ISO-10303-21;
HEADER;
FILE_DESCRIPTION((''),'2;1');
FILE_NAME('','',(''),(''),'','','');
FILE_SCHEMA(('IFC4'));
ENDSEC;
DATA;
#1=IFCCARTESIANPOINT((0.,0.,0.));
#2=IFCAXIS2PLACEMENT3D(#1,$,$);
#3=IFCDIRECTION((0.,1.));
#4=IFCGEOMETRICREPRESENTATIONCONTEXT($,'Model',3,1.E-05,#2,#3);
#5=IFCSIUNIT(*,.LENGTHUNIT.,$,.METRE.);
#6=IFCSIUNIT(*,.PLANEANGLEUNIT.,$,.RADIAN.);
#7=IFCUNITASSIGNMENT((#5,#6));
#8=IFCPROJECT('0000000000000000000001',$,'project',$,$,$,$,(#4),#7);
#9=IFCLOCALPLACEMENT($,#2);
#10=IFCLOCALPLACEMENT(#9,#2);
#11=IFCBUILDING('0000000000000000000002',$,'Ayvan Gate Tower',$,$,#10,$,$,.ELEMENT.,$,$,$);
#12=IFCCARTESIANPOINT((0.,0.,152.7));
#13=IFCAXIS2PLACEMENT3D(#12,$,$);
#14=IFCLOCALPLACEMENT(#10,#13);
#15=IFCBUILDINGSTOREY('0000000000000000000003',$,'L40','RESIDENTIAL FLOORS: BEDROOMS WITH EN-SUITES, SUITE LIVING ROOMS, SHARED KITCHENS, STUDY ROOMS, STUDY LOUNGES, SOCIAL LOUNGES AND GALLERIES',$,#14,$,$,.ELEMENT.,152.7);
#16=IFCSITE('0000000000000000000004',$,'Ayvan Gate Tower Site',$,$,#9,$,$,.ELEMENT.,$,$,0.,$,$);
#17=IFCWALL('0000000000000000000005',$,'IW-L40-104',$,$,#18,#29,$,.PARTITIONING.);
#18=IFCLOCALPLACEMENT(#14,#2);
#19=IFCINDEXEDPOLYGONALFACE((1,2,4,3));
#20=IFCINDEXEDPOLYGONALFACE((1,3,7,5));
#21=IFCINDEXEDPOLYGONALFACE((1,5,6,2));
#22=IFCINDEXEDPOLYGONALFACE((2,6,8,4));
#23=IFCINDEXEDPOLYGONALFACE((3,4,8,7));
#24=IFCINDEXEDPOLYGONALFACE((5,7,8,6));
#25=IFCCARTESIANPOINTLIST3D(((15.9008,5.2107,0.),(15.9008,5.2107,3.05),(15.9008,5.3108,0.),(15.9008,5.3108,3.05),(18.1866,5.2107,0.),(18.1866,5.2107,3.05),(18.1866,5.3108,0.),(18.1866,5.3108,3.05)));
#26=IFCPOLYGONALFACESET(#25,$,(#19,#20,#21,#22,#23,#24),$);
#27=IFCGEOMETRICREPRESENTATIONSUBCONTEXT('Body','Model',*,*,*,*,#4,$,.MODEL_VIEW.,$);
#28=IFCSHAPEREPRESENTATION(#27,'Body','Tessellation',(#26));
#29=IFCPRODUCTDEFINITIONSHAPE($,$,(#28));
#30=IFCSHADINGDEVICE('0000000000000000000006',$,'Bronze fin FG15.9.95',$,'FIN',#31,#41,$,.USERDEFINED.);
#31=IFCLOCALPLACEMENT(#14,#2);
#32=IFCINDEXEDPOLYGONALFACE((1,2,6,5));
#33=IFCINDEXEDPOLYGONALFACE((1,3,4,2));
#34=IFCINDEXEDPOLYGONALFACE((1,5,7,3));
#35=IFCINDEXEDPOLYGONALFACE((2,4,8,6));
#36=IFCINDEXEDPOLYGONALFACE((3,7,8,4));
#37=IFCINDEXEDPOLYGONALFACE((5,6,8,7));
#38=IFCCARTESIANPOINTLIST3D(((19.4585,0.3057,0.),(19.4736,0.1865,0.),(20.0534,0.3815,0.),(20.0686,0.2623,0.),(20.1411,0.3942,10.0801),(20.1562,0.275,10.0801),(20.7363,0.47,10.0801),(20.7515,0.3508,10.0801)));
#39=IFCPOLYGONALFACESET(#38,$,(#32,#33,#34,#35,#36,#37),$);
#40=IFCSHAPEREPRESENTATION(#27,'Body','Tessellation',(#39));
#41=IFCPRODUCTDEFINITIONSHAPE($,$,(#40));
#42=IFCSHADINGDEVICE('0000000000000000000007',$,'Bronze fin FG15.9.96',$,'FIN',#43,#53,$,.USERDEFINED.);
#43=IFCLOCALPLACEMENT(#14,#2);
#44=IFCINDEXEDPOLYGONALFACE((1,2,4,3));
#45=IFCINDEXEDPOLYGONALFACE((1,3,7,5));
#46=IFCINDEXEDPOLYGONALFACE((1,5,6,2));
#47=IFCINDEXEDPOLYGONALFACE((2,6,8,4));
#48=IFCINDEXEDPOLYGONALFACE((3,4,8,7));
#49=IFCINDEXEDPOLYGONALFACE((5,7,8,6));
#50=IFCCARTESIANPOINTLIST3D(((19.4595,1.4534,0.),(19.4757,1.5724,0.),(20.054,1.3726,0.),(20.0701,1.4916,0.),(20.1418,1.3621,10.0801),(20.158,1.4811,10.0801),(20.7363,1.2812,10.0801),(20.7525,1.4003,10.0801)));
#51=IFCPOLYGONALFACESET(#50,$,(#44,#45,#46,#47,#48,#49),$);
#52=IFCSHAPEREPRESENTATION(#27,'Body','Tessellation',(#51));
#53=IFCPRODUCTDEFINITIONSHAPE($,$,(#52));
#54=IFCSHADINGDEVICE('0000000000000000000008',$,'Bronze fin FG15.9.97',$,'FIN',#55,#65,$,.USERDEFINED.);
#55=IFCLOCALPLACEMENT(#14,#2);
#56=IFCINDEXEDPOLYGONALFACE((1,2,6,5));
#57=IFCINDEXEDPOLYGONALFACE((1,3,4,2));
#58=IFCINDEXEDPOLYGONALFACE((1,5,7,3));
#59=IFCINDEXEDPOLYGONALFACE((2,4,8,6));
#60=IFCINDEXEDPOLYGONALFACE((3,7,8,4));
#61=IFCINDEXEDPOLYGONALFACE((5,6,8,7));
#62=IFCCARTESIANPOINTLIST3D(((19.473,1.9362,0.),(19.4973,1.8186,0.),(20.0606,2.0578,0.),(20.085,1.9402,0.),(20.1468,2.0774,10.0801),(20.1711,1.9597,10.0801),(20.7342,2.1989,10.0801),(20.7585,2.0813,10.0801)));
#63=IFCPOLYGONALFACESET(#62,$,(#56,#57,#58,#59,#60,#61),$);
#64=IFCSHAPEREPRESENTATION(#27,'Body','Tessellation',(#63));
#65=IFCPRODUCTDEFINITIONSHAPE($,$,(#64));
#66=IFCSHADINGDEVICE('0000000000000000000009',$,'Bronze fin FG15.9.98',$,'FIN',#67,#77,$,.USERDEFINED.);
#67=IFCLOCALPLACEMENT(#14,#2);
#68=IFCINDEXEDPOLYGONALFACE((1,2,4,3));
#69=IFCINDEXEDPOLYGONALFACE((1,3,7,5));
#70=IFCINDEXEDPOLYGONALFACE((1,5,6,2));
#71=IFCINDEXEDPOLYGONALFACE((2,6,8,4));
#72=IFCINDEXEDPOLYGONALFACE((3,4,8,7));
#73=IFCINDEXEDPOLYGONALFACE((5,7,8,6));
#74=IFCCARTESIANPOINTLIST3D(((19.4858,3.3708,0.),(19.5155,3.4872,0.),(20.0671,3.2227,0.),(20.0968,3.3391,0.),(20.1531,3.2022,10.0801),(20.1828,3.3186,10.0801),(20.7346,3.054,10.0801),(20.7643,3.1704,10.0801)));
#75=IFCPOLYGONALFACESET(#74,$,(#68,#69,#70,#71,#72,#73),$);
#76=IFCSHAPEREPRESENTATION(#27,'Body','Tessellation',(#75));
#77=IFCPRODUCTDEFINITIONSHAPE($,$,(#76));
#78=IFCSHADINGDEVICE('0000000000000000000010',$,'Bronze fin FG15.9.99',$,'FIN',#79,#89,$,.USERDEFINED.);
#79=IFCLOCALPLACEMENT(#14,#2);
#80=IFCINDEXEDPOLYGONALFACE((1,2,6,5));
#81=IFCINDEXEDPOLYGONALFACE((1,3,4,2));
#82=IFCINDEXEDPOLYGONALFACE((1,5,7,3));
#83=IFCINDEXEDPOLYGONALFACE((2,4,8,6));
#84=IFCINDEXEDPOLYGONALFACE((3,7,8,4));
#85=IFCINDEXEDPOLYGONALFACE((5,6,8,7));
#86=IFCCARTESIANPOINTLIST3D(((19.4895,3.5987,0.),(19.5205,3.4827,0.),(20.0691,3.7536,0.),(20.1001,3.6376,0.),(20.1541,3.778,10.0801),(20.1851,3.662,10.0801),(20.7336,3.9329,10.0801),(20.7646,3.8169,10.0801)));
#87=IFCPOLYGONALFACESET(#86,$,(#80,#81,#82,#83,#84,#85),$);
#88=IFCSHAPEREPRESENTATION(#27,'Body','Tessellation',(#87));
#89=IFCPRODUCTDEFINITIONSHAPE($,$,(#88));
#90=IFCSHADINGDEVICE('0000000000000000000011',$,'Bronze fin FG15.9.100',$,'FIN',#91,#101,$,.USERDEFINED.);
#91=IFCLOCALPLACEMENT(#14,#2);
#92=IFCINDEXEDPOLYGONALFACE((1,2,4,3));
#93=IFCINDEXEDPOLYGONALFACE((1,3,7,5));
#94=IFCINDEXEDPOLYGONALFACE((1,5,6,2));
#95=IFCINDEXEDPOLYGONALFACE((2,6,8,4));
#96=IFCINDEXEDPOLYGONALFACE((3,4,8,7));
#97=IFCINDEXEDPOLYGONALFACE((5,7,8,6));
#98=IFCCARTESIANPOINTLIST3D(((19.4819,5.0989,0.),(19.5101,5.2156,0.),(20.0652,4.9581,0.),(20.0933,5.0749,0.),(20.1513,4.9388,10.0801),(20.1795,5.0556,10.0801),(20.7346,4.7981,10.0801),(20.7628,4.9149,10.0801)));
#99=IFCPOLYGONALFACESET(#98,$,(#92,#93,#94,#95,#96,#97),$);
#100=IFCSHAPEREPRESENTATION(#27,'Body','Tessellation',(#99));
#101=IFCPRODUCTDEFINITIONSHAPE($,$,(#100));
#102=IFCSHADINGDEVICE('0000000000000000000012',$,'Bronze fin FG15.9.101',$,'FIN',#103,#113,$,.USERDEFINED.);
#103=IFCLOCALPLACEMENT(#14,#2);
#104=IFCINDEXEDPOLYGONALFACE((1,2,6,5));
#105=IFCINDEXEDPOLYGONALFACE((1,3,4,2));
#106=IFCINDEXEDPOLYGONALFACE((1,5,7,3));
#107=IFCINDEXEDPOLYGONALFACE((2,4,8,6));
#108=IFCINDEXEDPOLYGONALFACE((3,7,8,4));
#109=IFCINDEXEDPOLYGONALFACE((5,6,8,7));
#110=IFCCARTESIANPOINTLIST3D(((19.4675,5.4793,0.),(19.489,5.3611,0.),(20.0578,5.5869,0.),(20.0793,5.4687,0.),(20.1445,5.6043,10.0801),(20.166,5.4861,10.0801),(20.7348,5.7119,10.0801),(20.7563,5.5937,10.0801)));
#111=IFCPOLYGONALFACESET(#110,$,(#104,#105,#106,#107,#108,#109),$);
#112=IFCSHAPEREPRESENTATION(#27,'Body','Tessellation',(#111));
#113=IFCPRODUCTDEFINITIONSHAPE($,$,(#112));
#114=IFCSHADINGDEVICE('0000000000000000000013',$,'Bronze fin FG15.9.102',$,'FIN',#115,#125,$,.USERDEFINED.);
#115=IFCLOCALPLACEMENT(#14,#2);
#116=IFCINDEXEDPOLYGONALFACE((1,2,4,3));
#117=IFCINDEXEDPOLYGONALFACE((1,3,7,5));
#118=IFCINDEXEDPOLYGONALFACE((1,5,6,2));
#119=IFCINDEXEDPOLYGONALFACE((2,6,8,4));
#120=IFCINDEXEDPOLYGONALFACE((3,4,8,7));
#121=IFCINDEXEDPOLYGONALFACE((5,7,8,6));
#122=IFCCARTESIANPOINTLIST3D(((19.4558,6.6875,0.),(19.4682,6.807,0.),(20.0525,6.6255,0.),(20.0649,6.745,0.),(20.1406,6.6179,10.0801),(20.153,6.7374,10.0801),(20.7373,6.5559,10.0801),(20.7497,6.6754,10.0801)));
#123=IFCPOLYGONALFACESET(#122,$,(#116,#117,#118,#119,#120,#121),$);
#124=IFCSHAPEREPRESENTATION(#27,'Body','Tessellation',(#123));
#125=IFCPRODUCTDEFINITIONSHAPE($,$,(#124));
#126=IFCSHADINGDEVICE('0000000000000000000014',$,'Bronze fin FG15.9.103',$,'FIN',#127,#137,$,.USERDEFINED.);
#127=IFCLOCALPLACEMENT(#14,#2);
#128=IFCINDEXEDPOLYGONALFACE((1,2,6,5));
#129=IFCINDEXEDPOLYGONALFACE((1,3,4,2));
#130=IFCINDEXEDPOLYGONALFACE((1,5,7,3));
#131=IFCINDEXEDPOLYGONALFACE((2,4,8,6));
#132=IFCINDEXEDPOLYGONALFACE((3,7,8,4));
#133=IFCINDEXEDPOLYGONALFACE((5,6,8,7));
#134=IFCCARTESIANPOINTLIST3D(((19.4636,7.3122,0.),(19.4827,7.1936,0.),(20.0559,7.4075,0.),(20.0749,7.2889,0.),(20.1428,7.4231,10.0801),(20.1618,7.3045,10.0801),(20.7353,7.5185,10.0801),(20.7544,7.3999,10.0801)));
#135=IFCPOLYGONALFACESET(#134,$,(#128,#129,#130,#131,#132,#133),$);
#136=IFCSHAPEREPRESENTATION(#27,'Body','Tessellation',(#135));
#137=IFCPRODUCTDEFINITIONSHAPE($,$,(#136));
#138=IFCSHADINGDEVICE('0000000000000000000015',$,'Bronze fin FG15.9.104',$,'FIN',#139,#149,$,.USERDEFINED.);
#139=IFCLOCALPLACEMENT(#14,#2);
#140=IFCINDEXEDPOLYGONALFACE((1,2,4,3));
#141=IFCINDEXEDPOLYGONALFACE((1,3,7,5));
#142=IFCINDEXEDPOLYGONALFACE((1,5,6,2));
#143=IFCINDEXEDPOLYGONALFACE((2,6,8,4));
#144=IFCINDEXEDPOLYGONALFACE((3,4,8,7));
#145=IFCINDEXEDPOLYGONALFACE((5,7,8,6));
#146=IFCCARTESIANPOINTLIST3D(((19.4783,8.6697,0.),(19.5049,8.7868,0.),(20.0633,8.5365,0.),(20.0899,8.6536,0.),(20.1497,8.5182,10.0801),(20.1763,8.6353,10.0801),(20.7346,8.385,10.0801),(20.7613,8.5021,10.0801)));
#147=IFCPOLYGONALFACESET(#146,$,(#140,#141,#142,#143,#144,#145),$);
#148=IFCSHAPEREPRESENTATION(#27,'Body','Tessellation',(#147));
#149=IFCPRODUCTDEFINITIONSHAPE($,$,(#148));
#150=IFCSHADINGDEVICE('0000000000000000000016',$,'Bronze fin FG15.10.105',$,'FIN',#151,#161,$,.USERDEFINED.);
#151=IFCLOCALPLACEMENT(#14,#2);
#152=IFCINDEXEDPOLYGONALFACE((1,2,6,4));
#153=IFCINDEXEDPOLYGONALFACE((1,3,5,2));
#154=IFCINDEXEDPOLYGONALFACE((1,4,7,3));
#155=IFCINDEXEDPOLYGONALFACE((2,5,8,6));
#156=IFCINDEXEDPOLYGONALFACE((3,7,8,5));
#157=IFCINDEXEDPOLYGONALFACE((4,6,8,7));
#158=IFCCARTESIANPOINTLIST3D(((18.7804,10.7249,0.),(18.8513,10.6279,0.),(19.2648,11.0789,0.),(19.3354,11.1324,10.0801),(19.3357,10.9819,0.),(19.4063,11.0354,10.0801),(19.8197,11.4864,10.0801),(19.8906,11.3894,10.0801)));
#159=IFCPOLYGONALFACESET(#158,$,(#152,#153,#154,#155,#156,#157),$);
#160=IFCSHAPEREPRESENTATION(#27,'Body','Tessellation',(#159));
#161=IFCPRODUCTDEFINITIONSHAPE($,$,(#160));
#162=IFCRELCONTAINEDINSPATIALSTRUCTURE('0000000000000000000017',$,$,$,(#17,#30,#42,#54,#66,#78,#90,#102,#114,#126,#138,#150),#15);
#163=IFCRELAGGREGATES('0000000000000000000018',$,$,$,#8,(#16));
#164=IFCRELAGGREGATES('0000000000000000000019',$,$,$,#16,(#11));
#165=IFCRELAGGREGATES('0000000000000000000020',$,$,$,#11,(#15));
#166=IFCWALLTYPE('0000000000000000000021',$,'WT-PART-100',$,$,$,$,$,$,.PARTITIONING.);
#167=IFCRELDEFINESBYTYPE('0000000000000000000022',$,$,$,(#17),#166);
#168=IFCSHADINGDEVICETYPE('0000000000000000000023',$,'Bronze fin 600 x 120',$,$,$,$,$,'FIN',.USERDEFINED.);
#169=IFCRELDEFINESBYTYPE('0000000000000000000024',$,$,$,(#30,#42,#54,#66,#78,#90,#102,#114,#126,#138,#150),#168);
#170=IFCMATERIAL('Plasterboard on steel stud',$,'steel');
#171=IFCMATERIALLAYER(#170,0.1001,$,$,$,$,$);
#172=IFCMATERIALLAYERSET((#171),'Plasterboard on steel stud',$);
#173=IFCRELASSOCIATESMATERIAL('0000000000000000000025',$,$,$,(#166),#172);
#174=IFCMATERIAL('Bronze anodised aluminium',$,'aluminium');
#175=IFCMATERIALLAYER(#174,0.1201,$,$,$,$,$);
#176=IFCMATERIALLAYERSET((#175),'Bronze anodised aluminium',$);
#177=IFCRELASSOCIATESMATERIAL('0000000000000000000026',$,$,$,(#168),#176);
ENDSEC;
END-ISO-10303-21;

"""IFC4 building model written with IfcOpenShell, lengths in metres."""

from ifc_helpers import new_model, si_unit, direction, frame, frame_2d, origin, place, context, subcontext, project, spatial, polyline, rectangle, outline, extrude, material, layer, layer_set, type_object, element, save


model = new_model("IFC4")

# Units and contexts
model_context = context("Model", 3, precision=1e-05, world=origin(), true_north=direction((0.0, 1.0)))
body_context = subcontext(model_context, "Body", "Model", "MODEL_VIEW")
ifc_project = project(units=[si_unit("LENGTHUNIT", "METRE"), si_unit("PLANEANGLEUNIT", "RADIAN")], contexts=[model_context])

# Site, building, storey
site_placement = place(None, origin())
site = spatial("IfcSite", under=ifc_project, at=site_placement, Name="Ayvan Gate Tower Site", CompositionType="ELEMENT", RefElevation=0.0)
building_placement = place(site_placement, origin())
building = spatial("IfcBuilding", under=site, at=building_placement, Name="Ayvan Gate Tower", CompositionType="ELEMENT")
storey_placement = place(building_placement, frame((0.0, 0.0, 152.7)))
storey = spatial("IfcBuildingStorey", under=building, at=storey_placement, Name="L40", Description="RESIDENTIAL FLOORS: BEDROOMS WITH EN-SUITES, SUITE LIVING ROOMS, SHARED KITCHENS, STUDY ROOMS, STUDY LOUNGES, SOCIAL LOUNGES AND GALLERIES", CompositionType="ELEMENT", Elevation=152.7)

# Shared definitions
ifc_material_1 = material(Name="Bronze anodised aluminium", Category="aluminium")

# Wall
ifc_material_2 = material(Name="Plasterboard on steel stud", Category="steel")
ifc_layer_1 = layer(ifc_material_2, 0.1001)
ifc_layer_set_1 = layer_set([ifc_layer_1], Name="Plasterboard on steel stud")
wall_type = type_object("IfcWallType", Name="WT-PART-100", PredefinedType="PARTITIONING", material=ifc_layer_set_1)
wall_placement = place(storey_placement, frame((15.9006, 5.2607, 0.0), z_axis=(0.0, 0.0, 1.0), x_axis=(1.0, 0.0, 0.0)))
element("IfcWall", 1, at=wall_placement, inside=storey, type_object=wall_type, Name="IW-L40-104", PredefinedType="PARTITIONING", context=body_context, shape_type="SweptSolid", body=[
    extrude(rectangle(XDim=2.2859, YDim=0.1001, at=frame_2d((1.1431, 0.0))), origin(), (0.0, 0.0, 1.0), 3.05),
])

# Shading devices
ifc_layer_2 = layer(ifc_material_1, 0.1201)
ifc_layer_set_2 = layer_set([ifc_layer_2], Name="Bronze anodised aluminium")
shading_device_type = type_object("IfcShadingDeviceType", Name="Bronze fin 600 x 120", ElementType="FIN", PredefinedType="USERDEFINED", material=ifc_layer_set_2)
shading_device_1_placement = place(storey_placement, frame((19.4736, 0.1865, 0.0), z_axis=(0.126363, -0.991984, 0.000151), x_axis=(0.991984, 0.126364, 0.0)))
element("IfcShadingDevice", 2, at=shading_device_1_placement, inside=storey, type_object=shading_device_type, Name="Bronze fin FG15.9.95", ObjectType="FIN", PredefinedType="USERDEFINED", context=body_context, shape_type="SweptSolid", body=[
    extrude(outline(polyline([(0.0, 0.0), (0.5998, 0.0), (1.2884, 10.0801), (0.6883, 10.0801), (0.0, 0.0)])), origin(), (0.0, 0.0, -1.0), 0.1201),
])
shading_device_2_placement = place(storey_placement, frame((19.4595, 1.4534, 0.0), z_axis=(-0.134696, -0.990887, 0.000142), x_axis=(0.990887, -0.134696, 0.0)))
element("IfcShadingDevice", 3, at=shading_device_2_placement, inside=storey, type_object=shading_device_type, Name="Bronze fin FG15.9.96", ObjectType="FIN", PredefinedType="USERDEFINED", context=body_context, shape_type="SweptSolid", body=[
    extrude(outline(polyline([(0.0, 0.0), (0.5999, 0.0), (1.2884, 10.0801), (0.6885, 10.0801), (0.0, 0.0)])), origin(), (0.0, 0.0, -1.0), 0.1201),
])
shading_device_3_placement = place(storey_placement, frame((19.4973, 1.8186, 0.0), z_axis=(0.202646, -0.979252, 0.000165), x_axis=(0.979252, 0.202646, 0.0)))
element("IfcShadingDevice", 4, at=shading_device_3_placement, inside=storey, type_object=shading_device_type, Name="Bronze fin FG15.9.97", ObjectType="FIN", PredefinedType="USERDEFINED", context=body_context, shape_type="SweptSolid", body=[
    extrude(outline(polyline([(0.0, 0.0), (0.6001, 0.0), (1.2883, 10.0801), (0.6884, 10.0801), (0.0, 0.0)])), origin(), (0.0, 0.0, -1.0), 0.1201),
])
shading_device_4_placement = place(storey_placement, frame((19.4858, 3.3708, 0.0), z_axis=(-0.246985, -0.969019, 0.000134), x_axis=(0.969019, -0.246985, 0.0)))
element("IfcShadingDevice", 5, at=shading_device_4_placement, inside=storey, type_object=shading_device_type, Name="Bronze fin FG15.9.98", ObjectType="FIN", PredefinedType="USERDEFINED", context=body_context, shape_type="SweptSolid", body=[
    extrude(outline(polyline([(0.0, 0.0), (0.5999, 0.0), (1.2884, 10.0801), (0.6882, 10.0801), (0.0, 0.0)])), origin(), (0.0, 0.0, -1.0), 0.1201),
])
shading_device_5_placement = place(storey_placement, frame((19.5205, 3.4827, 0.0), z_axis=(0.258207, -0.96609, 0.000164), x_axis=(0.96609, 0.258207, 0.0)))
element("IfcShadingDevice", 6, at=shading_device_5_placement, inside=storey, type_object=shading_device_type, Name="Bronze fin FG15.9.99", ObjectType="FIN", PredefinedType="USERDEFINED", context=body_context, shape_type="SweptSolid", body=[
    extrude(outline(polyline([(0.0, 0.0), (0.6, 0.0), (1.2883, 10.0801), (0.6883, 10.0801), (0.0, 0.0)])), origin(), (0.0, 0.0, -1.0), 0.1201),
])
shading_device_6_placement = place(storey_placement, frame((19.4819, 5.0989, 0.0), z_axis=(-0.234581, -0.972097, 0.000146), x_axis=(0.972097, -0.234581, 0.0)))
element("IfcShadingDevice", 7, at=shading_device_6_placement, inside=storey, type_object=shading_device_type, Name="Bronze fin FG15.9.100", ObjectType="FIN", PredefinedType="USERDEFINED", context=body_context, shape_type="SweptSolid", body=[
    extrude(outline(polyline([(0.0, 0.0), (0.6, 0.0), (1.2883, 10.0801), (0.6883, 10.0801), (0.0, 0.0)])), origin(), (0.0, 0.0, -1.0), 0.1201),
])
shading_device_7_placement = place(storey_placement, frame((19.489, 5.3611, 0.0), z_axis=(0.179422, -0.983772, 0.000149), x_axis=(0.983772, 0.179422, 0.0)))
element("IfcShadingDevice", 8, at=shading_device_7_placement, inside=storey, type_object=shading_device_type, Name="Bronze fin FG15.9.101", ObjectType="FIN", PredefinedType="USERDEFINED", context=body_context, shape_type="SweptSolid", body=[
    extrude(outline(polyline([(0.0, 0.0), (0.6001, 0.0), (1.2885, 10.0801), (0.6884, 10.0801), (0.0, 0.0)])), origin(), (0.0, 0.0, -1.0), 0.1201),
])
shading_device_8_placement = place(storey_placement, frame((19.4558, 6.6875, 0.0), z_axis=(-0.103371, -0.994643, 0.000157), x_axis=(0.994643, -0.103371, 0.0)))
element("IfcShadingDevice", 9, at=shading_device_8_placement, inside=storey, type_object=shading_device_type, Name="Bronze fin FG15.9.102", ObjectType="FIN", PredefinedType="USERDEFINED", context=body_context, shape_type="SweptSolid", body=[
    extrude(outline(polyline([(0.0, 0.0), (0.5999, 0.0), (1.2882, 10.0801), (0.6883, 10.0801), (0.0, 0.0)])), origin(), (0.0, 0.0, -1.0), 0.1201),
])
shading_device_9_placement = place(storey_placement, frame((19.4827, 7.1936, 0.0), z_axis=(0.158887, -0.987297, 0.00016), x_axis=(0.987297, 0.158887, 0.0)))
element("IfcShadingDevice", 10, at=shading_device_9_placement, inside=storey, type_object=shading_device_type, Name="Bronze fin FG15.9.103", ObjectType="FIN", PredefinedType="USERDEFINED", context=body_context, shape_type="SweptSolid", body=[
    extrude(outline(polyline([(0.0, 0.0), (0.5999, 0.0), (1.2884, 10.0801), (0.6882, 10.0801), (0.0, 0.0)])), origin(), (0.0, 0.0, -1.0), 0.1201),
])
shading_device_10_placement = place(storey_placement, frame((19.4783, 8.6697, 0.0), z_axis=(-0.22199, -0.975049, 0.000132), x_axis=(0.975049, -0.22199, 0.0)))
element("IfcShadingDevice", 11, at=shading_device_10_placement, inside=storey, type_object=shading_device_type, Name="Bronze fin FG15.9.104", ObjectType="FIN", PredefinedType="USERDEFINED", context=body_context, shape_type="SweptSolid", body=[
    extrude(outline(polyline([(0.0, 0.0), (0.6, 0.0), (1.2882, 10.0801), (0.6883, 10.0801), (0.0, 0.0)])), origin(), (0.0, 0.0, -1.0), 0.1201),
])
shading_device_11_placement = place(storey_placement, frame((18.8513, 10.6279, 0.0), z_axis=(0.590057, -0.807361, 0.000152), x_axis=(0.807361, 0.590057, 0.0)))
element("IfcShadingDevice", 12, at=shading_device_11_placement, inside=storey, type_object=shading_device_type, Name="Bronze fin FG15.10.105", ObjectType="FIN", PredefinedType="USERDEFINED", context=body_context, shape_type="SweptSolid", body=[
    extrude(outline(polyline([(0.0, 0.0), (0.5999, 0.0), (1.2884, 10.0801), (0.6885, 10.0801), (0.0, 0.0)])), origin(), (0.0, 0.0, -1.0), 0.1201),
])

save(model, "model.ifc")
